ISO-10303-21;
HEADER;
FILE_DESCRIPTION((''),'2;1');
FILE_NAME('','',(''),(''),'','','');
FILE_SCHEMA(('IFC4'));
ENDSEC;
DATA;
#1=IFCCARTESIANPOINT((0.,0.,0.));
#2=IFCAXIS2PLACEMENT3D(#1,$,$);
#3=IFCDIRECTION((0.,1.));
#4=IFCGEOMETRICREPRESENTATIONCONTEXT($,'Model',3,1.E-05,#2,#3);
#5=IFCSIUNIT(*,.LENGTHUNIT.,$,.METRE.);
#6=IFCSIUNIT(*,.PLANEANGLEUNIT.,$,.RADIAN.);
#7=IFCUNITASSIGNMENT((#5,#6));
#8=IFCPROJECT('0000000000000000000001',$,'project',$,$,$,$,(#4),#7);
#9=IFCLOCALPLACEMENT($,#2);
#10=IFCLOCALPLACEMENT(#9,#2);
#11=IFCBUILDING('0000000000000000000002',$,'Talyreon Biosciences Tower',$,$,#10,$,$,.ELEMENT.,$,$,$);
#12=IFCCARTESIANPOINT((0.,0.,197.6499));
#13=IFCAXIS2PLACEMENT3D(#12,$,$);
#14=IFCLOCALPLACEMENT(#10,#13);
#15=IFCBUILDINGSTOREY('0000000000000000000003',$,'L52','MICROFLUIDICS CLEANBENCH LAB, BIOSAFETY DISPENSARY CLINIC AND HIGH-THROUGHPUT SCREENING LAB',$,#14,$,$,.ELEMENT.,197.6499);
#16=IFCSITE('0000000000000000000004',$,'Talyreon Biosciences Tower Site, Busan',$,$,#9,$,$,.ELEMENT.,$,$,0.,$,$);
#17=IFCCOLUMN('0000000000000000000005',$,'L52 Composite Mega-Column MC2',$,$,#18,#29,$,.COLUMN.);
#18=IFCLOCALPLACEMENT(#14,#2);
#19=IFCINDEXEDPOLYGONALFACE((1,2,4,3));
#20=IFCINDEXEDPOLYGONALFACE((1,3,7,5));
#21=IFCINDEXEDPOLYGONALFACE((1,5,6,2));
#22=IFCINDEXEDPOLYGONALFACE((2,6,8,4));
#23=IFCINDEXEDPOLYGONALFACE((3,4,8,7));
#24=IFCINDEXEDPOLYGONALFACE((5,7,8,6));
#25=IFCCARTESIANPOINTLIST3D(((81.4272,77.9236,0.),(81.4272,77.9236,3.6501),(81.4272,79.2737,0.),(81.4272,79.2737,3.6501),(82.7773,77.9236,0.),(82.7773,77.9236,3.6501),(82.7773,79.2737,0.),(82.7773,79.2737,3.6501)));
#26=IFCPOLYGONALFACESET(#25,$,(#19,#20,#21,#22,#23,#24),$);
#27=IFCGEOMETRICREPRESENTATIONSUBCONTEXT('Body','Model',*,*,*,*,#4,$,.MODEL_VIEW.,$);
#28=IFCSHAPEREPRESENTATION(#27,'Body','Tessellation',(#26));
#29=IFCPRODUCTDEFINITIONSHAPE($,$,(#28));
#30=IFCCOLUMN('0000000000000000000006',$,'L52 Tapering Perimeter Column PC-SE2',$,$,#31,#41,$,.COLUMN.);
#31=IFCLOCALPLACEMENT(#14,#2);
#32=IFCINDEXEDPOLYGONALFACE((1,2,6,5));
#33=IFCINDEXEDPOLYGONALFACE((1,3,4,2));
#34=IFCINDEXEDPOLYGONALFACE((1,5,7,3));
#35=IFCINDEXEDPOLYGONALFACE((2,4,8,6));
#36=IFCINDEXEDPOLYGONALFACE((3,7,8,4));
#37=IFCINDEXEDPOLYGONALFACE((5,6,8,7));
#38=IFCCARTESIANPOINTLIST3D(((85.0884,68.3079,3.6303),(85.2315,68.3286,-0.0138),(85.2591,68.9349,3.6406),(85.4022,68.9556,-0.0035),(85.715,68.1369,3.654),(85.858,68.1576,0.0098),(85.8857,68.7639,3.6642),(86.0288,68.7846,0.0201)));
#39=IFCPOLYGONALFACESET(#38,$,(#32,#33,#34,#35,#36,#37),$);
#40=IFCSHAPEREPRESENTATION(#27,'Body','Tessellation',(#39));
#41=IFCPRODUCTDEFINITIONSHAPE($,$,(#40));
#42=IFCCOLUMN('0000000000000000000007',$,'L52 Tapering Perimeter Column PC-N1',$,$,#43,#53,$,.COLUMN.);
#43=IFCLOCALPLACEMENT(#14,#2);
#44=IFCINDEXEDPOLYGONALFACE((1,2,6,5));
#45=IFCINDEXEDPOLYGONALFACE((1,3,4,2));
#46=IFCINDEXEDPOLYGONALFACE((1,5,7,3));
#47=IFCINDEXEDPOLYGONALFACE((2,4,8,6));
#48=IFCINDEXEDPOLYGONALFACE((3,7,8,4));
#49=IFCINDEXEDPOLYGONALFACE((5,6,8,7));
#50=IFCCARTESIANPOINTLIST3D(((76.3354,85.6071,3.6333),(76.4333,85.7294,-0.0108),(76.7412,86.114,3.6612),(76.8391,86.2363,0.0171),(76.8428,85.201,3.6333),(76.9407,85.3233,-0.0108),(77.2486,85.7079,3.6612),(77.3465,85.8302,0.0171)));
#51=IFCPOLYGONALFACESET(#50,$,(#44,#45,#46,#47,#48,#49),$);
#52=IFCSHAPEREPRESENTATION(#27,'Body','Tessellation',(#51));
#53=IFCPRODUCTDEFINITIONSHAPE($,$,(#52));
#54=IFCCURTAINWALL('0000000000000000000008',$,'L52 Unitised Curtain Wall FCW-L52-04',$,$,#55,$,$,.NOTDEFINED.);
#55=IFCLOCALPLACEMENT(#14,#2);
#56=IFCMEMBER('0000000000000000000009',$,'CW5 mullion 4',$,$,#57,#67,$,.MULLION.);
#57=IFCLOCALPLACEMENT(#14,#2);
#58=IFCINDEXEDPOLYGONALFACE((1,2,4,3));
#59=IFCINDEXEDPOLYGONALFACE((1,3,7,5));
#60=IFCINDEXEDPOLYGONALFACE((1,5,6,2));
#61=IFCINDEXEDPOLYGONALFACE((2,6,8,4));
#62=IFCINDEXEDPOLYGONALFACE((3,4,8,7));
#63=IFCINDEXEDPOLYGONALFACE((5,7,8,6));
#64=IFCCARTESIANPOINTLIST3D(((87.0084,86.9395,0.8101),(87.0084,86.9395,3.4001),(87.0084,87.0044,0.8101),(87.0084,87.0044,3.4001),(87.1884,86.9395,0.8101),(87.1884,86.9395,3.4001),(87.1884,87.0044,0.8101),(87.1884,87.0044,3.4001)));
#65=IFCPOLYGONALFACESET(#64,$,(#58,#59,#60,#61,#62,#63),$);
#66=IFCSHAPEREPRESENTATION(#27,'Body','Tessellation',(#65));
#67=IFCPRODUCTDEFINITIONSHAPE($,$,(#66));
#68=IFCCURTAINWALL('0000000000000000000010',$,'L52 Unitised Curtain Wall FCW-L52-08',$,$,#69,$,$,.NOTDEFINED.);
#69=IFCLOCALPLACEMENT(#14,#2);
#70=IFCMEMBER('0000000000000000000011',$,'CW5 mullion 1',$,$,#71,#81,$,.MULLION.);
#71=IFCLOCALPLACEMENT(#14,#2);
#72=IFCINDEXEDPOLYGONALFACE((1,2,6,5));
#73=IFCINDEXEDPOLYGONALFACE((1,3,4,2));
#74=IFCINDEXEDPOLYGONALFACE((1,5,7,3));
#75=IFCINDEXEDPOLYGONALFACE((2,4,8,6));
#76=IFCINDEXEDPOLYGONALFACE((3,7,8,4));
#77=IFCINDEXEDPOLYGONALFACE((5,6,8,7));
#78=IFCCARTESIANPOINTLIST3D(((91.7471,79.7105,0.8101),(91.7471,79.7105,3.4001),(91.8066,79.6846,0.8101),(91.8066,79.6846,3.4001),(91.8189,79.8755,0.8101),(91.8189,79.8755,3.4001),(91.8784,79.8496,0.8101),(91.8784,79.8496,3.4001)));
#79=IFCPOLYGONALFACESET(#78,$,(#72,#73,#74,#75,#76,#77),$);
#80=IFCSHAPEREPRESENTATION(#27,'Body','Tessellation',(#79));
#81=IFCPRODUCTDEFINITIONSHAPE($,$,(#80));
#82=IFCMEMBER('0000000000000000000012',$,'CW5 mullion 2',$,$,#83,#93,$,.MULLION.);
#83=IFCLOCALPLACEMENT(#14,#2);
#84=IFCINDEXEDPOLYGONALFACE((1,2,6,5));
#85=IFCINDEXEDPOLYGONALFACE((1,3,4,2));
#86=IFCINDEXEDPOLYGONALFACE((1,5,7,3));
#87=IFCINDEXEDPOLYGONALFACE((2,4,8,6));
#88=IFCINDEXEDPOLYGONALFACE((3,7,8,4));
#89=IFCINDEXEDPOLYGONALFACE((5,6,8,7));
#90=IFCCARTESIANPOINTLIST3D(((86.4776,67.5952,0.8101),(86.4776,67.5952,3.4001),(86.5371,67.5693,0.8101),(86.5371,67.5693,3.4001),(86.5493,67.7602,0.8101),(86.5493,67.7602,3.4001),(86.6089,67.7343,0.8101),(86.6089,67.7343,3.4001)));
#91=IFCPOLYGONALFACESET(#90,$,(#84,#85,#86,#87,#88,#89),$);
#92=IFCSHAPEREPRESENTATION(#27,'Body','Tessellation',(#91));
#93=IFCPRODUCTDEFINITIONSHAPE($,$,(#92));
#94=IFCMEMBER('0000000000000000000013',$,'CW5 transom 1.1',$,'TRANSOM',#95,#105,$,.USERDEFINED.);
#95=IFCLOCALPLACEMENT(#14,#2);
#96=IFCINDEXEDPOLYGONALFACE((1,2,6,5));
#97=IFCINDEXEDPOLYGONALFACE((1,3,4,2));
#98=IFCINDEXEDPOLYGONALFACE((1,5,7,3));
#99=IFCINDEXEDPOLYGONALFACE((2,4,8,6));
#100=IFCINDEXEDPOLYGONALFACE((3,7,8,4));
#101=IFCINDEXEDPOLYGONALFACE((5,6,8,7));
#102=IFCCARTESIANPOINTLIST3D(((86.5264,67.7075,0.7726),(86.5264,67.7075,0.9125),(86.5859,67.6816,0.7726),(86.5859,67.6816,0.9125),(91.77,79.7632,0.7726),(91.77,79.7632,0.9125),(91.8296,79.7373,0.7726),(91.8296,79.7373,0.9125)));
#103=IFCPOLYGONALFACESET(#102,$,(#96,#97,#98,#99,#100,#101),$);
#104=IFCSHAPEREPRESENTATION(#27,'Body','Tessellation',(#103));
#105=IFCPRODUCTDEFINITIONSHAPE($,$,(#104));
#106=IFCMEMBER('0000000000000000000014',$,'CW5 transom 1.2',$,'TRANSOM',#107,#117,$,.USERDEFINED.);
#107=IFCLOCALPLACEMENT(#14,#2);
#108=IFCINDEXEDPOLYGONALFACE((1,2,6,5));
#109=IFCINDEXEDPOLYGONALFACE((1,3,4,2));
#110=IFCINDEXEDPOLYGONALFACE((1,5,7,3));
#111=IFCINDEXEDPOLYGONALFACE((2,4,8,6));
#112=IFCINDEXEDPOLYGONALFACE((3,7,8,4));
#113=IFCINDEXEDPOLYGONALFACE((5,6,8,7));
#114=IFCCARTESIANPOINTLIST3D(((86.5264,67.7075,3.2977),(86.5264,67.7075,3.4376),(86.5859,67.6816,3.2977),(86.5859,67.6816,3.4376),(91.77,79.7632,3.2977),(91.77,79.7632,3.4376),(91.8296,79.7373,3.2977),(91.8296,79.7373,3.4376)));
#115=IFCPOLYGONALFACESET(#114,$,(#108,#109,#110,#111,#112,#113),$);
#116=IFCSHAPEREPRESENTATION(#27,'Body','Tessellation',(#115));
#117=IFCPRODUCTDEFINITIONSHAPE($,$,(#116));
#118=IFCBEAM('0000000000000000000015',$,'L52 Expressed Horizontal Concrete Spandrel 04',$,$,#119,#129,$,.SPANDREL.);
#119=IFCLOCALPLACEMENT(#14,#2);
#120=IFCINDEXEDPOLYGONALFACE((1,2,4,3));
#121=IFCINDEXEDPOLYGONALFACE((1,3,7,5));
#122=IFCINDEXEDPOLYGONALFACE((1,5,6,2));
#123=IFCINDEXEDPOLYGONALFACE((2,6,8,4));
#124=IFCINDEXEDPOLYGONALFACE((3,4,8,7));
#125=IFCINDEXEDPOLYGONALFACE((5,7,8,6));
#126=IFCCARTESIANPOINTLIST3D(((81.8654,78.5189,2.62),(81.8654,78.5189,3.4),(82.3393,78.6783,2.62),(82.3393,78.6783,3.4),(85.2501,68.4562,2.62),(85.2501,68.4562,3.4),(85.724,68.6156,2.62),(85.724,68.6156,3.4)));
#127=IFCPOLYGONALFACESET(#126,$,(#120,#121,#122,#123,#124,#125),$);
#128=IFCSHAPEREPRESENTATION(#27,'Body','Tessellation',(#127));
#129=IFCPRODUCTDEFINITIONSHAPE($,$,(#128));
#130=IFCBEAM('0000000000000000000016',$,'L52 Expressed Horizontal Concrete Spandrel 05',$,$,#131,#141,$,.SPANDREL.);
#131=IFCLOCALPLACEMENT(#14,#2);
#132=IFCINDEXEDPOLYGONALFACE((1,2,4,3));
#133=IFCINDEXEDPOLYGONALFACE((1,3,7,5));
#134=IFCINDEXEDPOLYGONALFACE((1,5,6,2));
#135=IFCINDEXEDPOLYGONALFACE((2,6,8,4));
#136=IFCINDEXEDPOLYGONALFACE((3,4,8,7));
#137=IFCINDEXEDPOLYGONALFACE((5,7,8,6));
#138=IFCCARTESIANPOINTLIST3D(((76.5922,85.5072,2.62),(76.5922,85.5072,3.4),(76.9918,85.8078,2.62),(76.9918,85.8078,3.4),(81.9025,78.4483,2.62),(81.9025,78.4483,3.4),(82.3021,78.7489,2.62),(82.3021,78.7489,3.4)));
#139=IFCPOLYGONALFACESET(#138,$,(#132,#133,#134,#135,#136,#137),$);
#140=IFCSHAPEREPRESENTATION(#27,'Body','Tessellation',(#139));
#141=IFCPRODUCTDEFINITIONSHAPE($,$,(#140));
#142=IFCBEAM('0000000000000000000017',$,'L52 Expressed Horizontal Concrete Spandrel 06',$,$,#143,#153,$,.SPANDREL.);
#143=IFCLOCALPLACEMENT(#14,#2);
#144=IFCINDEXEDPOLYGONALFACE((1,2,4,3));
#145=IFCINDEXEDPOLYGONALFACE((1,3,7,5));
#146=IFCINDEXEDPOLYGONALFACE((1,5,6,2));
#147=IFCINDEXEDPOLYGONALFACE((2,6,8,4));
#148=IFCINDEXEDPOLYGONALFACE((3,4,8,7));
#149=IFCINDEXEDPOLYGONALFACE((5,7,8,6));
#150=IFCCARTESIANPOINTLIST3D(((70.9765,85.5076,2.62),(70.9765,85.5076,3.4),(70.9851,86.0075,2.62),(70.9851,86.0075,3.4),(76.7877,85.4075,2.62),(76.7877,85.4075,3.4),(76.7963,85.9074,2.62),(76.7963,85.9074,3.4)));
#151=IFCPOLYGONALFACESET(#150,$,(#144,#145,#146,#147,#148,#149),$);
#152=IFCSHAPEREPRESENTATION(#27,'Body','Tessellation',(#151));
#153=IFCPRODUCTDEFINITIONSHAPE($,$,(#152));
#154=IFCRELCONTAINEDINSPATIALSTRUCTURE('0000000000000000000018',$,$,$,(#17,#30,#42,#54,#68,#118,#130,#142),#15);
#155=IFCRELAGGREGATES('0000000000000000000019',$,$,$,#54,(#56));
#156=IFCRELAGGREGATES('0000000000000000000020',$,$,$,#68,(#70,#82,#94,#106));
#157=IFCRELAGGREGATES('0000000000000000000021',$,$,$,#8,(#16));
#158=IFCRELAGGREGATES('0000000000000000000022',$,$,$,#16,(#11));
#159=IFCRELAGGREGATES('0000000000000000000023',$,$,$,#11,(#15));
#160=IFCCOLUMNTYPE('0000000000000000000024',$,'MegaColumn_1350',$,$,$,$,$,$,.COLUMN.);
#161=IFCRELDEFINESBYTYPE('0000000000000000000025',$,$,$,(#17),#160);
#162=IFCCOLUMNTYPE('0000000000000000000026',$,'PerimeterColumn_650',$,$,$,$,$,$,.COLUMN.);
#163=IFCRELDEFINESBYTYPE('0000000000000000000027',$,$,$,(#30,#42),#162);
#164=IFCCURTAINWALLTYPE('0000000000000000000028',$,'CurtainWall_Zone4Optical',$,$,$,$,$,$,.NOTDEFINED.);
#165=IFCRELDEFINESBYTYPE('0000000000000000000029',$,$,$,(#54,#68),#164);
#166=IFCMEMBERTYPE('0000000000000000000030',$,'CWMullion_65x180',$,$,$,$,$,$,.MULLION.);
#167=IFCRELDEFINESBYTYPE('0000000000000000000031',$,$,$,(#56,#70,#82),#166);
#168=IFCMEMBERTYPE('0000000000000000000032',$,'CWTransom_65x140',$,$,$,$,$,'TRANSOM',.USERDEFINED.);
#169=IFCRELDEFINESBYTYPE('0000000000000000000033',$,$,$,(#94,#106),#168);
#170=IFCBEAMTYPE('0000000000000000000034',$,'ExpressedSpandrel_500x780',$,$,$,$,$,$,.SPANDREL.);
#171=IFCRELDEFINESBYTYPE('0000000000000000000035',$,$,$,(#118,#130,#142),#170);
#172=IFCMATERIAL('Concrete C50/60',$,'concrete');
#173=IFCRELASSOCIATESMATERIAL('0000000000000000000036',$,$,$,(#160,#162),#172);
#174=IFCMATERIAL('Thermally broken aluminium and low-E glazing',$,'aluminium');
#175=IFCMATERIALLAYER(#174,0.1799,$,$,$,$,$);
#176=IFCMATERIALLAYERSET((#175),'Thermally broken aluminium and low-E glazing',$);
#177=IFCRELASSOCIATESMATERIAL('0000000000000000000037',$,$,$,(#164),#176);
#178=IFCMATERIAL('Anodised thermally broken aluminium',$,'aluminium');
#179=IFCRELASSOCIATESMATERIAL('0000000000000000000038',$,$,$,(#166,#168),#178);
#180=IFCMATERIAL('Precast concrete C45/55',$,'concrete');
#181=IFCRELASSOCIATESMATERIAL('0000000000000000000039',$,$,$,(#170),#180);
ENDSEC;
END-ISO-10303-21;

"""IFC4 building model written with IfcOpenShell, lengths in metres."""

from ifc_helpers import new_model, si_unit, direction, frame, origin, origin_2d, place, context, subcontext, project, spatial, rectangle, extrude, material, layer, layer_set, material_profile, profile_set, type_object, element, aggregate, save


model = new_model("IFC4")

# Units and contexts
model_context = context("Model", 3, precision=1e-05, world=origin(), true_north=direction((0.0, 1.0)))
body_context = subcontext(model_context, "Body", "Model", "MODEL_VIEW")
ifc_project = project(units=[si_unit("LENGTHUNIT", "METRE"), si_unit("PLANEANGLEUNIT", "RADIAN")], contexts=[model_context])

# Site, building, storey
site_placement = place(None, origin())
site = spatial("IfcSite", under=ifc_project, at=site_placement, Name="Talyreon Biosciences Tower Site, Busan", CompositionType="ELEMENT", RefElevation=0.0)
building_placement = place(site_placement, origin())
building = spatial("IfcBuilding", under=site, at=building_placement, Name="Talyreon Biosciences Tower", CompositionType="ELEMENT")
storey_placement = place(building_placement, frame((0.0, 0.0, 197.6499)))
storey = spatial("IfcBuildingStorey", under=building, at=storey_placement, Name="L52", Description="MICROFLUIDICS CLEANBENCH LAB, BIOSAFETY DISPENSARY CLINIC AND HIGH-THROUGHPUT SCREENING LAB", CompositionType="ELEMENT", Elevation=197.6499)

# Columns
ifc_material_1 = material(Name="Concrete C50/60", Category="concrete")
ifc_material_profile_1 = material_profile(ifc_material_1, rectangle(XDim=1.3501, YDim=1.3501, at=origin_2d()), Name="RC 1350x1350")
ifc_profile_set_1 = profile_set([ifc_material_profile_1], Name="Concrete C50/60")
column_type_1 = type_object("IfcColumnType", Name="MegaColumn_1350", PredefinedType="COLUMN", material=ifc_profile_set_1)
column_1_placement = place(storey_placement, frame((82.1023, 78.5986, 0.0), z_axis=(0.0, 0.0, 1.0), x_axis=(1.0, 0.0, 0.0)))
element("IfcColumn", 1, at=column_1_placement, inside=storey, type_object=column_type_1, Name="L52 Composite Mega-Column MC2", PredefinedType="COLUMN", context=body_context, shape_type="SweptSolid", body=[
    extrude(rectangle(XDim=1.3501, YDim=1.3501, at=origin_2d()), origin(), (0.0, 0.0, 1.0), 3.6501),
])
ifc_material_profile_2 = material_profile(ifc_material_1, rectangle(XDim=0.6499, YDim=0.6499, at=origin_2d()), Name="RC 650x650")
ifc_profile_set_2 = profile_set([ifc_material_profile_2], Name="Concrete C50/60")
column_type_2 = type_object("IfcColumnType", Name="PerimeterColumn_650", PredefinedType="COLUMN", material=ifc_profile_set_2)
column_2_placement = place(storey_placement, frame((85.6301, 68.5566, 0.0032), z_axis=(-0.039229, -0.00569, 0.999214), x_axis=(0.96408, -0.263113, 0.036352)))
element("IfcColumn", 2, at=column_2_placement, inside=storey, type_object=column_type_2, Name="L52 Tapering Perimeter Column PC-SE2", PredefinedType="COLUMN", context=body_context, shape_type="SweptSolid", body=[
    extrude(rectangle(XDim=0.6499, YDim=0.6499, at=origin_2d()), origin(), (0.0, 0.0, 1.0), 3.647),
])
column_3_placement = place(storey_placement, frame((76.8899, 85.7798, 0.0032), z_axis=(-0.026841, -0.033535, 0.999077), x_axis=(-0.780717, 0.624885, 0.0)))
element("IfcColumn", 3, at=column_3_placement, inside=storey, type_object=column_type_2, Name="L52 Tapering Perimeter Column PC-N1", PredefinedType="COLUMN", context=body_context, shape_type="SweptSolid", body=[
    extrude(rectangle(XDim=0.6499, YDim=0.6499, at=origin_2d()), origin(), (0.0, 0.0, 1.0), 3.6475),
])

# Curtain wall, member
ifc_material_2 = material(Name="Thermally broken aluminium and low-E glazing", Category="aluminium")
ifc_layer_1 = layer(ifc_material_2, 0.1799)
ifc_layer_set_1 = layer_set([ifc_layer_1], Name="Thermally broken aluminium and low-E glazing")
curtain_wall_type = type_object("IfcCurtainWallType", Name="CurtainWall_Zone4Optical", PredefinedType="NOTDEFINED", material=ifc_layer_set_1)
curtain_wall_1_placement = place(storey_placement, origin())
curtain_wall_1 = element("IfcCurtainWall", 4, at=curtain_wall_1_placement, inside=storey, type_object=curtain_wall_type, Name="L52 Unitised Curtain Wall FCW-L52-04", PredefinedType="NOTDEFINED")
ifc_material_3 = material(Name="Anodised thermally broken aluminium", Category="aluminium")
ifc_material_profile_3 = material_profile(ifc_material_3, rectangle(XDim=0.0649, YDim=0.1799, at=origin_2d()), Name="ALUM MULLION 65x180")
ifc_profile_set_3 = profile_set([ifc_material_profile_3], Name="Anodised thermally broken aluminium")
member_type_1 = type_object("IfcMemberType", Name="CWMullion_65x180", PredefinedType="MULLION", material=ifc_profile_set_3)
member_1_placement = place(storey_placement, frame((87.0984, 86.9719, 0.8101), z_axis=(0.0, 0.0, 1.0), x_axis=(0.0, 1.0, 0.0)))
member_1 = element("IfcMember", 5, at=member_1_placement, type_object=member_type_1, Name="CW5 mullion 4", PredefinedType="MULLION", context=body_context, shape_type="SweptSolid", body=[
    extrude(rectangle(XDim=0.0649, YDim=0.1799, at=origin_2d()), origin(), (0.0, 0.0, 1.0), 2.5901),
])

# Curtain wall, members
curtain_wall_2_placement = place(storey_placement, origin())
curtain_wall_2 = element("IfcCurtainWall", 6, at=curtain_wall_2_placement, inside=storey, type_object=curtain_wall_type, Name="L52 Unitised Curtain Wall FCW-L52-08", PredefinedType="NOTDEFINED")
member_2_placement = place(storey_placement, frame((91.8127, 79.78, 0.8101), z_axis=(0.0, 0.0, 1.0), x_axis=(0.917011, -0.398862, 0.0)))
member_2 = element("IfcMember", 7, at=member_2_placement, type_object=member_type_1, Name="CW5 mullion 1", PredefinedType="MULLION", context=body_context, shape_type="SweptSolid", body=[
    extrude(rectangle(XDim=0.0649, YDim=0.1799, at=origin_2d()), origin(), (0.0, 0.0, 1.0), 2.5901),
])
member_3_placement = place(storey_placement, frame((86.5432, 67.6648, 0.8101), z_axis=(0.0, 0.0, 1.0), x_axis=(0.917011, -0.398862, 0.0)))
member_3 = element("IfcMember", 8, at=member_3_placement, type_object=member_type_1, Name="CW5 mullion 2", PredefinedType="MULLION", context=body_context, shape_type="SweptSolid", body=[
    extrude(rectangle(XDim=0.0649, YDim=0.1799, at=origin_2d()), origin(), (0.0, 0.0, 1.0), 2.5901),
])
ifc_material_profile_4 = material_profile(ifc_material_3, rectangle(XDim=0.0649, YDim=0.1399, at=origin_2d()), Name="ALUM TRANSOM 65x140")
ifc_profile_set_4 = profile_set([ifc_material_profile_4], Name="Anodised thermally broken aluminium")
member_type_2 = type_object("IfcMemberType", Name="CWTransom_65x140", ElementType="TRANSOM", PredefinedType="USERDEFINED", material=ifc_profile_set_4)
member_4_placement = place(storey_placement, frame((91.7998, 79.7502, 0.8425), z_axis=(-0.398858, -0.917013, 0.0), x_axis=(0.917013, -0.398858, 0.0)))
member_4 = element("IfcMember", 9, at=member_4_placement, type_object=member_type_2, Name="CW5 transom 1.1", ObjectType="TRANSOM", PredefinedType="USERDEFINED", context=body_context, shape_type="SweptSolid", body=[
    extrude(rectangle(XDim=0.0649, YDim=0.1399, at=origin_2d()), origin(), (0.0, 0.0, 1.0), 13.1467),
])
member_5_placement = place(storey_placement, frame((91.7998, 79.7502, 3.3677), z_axis=(-0.398858, -0.917013, 0.0), x_axis=(0.917013, -0.398858, 0.0)))
member_5 = element("IfcMember", 10, at=member_5_placement, type_object=member_type_2, Name="CW5 transom 1.2", ObjectType="TRANSOM", PredefinedType="USERDEFINED", context=body_context, shape_type="SweptSolid", body=[
    extrude(rectangle(XDim=0.0649, YDim=0.1399, at=origin_2d()), origin(), (0.0, 0.0, 1.0), 13.1467),
])

# Beams
ifc_material_4 = material(Name="Precast concrete C45/55", Category="concrete")
ifc_material_profile_5 = material_profile(ifc_material_4, rectangle(XDim=0.5, YDim=0.78, at=origin_2d()), Name="RCB 500x780")
ifc_profile_set_5 = profile_set([ifc_material_profile_5], Name="Precast concrete C45/55")
beam_type_1 = type_object("IfcBeamType", Name="ExpressedSpandrel_500x780", PredefinedType="SPANDREL", material=ifc_profile_set_5)
beam_1_placement = place(storey_placement, frame((85.4871, 68.5359, 3.01), z_axis=(-0.318814, 0.947817, 0.0), x_axis=(-0.947817, -0.318814, 0.0)))
element("IfcBeam", 11, at=beam_1_placement, inside=storey, type_object=beam_type_1, Name="L52 Expressed Horizontal Concrete Spandrel 04", PredefinedType="SPANDREL", context=body_context, shape_type="SweptSolid", body=[
    extrude(rectangle(XDim=0.5, YDim=0.78, at=origin_2d()), origin(), (0.0, 0.0, 1.0), 10.6167),
])
beam_2_placement = place(storey_placement, frame((82.1023, 78.5986, 3.01), z_axis=(-0.601171, 0.79912, 0.0), x_axis=(-0.79912, -0.601171, 0.0)))
element("IfcBeam", 12, at=beam_2_placement, inside=storey, type_object=beam_type_1, Name="L52 Expressed Horizontal Concrete Spandrel 05", PredefinedType="SPANDREL", context=body_context, shape_type="SweptSolid", body=[
    extrude(rectangle(XDim=0.5, YDim=0.78, at=origin_2d()), origin(), (0.0, 0.0, 1.0), 8.8333),
])
beam_3_placement = place(storey_placement, frame((76.792, 85.6575, 3.01), z_axis=(-0.999852, 0.017223, 0.0), x_axis=(-0.017223, -0.999852, 0.0)))
element("IfcBeam", 13, at=beam_3_placement, inside=storey, type_object=beam_type_1, Name="L52 Expressed Horizontal Concrete Spandrel 06", PredefinedType="SPANDREL", context=body_context, shape_type="SweptSolid", body=[
    extrude(rectangle(XDim=0.5, YDim=0.78, at=origin_2d()), origin(), (0.0, 0.0, 1.0), 5.812),
])

aggregate(curtain_wall_1, [member_1])
aggregate(curtain_wall_2, [member_2, member_3, member_4, member_5])

save(model, "model.ifc")
